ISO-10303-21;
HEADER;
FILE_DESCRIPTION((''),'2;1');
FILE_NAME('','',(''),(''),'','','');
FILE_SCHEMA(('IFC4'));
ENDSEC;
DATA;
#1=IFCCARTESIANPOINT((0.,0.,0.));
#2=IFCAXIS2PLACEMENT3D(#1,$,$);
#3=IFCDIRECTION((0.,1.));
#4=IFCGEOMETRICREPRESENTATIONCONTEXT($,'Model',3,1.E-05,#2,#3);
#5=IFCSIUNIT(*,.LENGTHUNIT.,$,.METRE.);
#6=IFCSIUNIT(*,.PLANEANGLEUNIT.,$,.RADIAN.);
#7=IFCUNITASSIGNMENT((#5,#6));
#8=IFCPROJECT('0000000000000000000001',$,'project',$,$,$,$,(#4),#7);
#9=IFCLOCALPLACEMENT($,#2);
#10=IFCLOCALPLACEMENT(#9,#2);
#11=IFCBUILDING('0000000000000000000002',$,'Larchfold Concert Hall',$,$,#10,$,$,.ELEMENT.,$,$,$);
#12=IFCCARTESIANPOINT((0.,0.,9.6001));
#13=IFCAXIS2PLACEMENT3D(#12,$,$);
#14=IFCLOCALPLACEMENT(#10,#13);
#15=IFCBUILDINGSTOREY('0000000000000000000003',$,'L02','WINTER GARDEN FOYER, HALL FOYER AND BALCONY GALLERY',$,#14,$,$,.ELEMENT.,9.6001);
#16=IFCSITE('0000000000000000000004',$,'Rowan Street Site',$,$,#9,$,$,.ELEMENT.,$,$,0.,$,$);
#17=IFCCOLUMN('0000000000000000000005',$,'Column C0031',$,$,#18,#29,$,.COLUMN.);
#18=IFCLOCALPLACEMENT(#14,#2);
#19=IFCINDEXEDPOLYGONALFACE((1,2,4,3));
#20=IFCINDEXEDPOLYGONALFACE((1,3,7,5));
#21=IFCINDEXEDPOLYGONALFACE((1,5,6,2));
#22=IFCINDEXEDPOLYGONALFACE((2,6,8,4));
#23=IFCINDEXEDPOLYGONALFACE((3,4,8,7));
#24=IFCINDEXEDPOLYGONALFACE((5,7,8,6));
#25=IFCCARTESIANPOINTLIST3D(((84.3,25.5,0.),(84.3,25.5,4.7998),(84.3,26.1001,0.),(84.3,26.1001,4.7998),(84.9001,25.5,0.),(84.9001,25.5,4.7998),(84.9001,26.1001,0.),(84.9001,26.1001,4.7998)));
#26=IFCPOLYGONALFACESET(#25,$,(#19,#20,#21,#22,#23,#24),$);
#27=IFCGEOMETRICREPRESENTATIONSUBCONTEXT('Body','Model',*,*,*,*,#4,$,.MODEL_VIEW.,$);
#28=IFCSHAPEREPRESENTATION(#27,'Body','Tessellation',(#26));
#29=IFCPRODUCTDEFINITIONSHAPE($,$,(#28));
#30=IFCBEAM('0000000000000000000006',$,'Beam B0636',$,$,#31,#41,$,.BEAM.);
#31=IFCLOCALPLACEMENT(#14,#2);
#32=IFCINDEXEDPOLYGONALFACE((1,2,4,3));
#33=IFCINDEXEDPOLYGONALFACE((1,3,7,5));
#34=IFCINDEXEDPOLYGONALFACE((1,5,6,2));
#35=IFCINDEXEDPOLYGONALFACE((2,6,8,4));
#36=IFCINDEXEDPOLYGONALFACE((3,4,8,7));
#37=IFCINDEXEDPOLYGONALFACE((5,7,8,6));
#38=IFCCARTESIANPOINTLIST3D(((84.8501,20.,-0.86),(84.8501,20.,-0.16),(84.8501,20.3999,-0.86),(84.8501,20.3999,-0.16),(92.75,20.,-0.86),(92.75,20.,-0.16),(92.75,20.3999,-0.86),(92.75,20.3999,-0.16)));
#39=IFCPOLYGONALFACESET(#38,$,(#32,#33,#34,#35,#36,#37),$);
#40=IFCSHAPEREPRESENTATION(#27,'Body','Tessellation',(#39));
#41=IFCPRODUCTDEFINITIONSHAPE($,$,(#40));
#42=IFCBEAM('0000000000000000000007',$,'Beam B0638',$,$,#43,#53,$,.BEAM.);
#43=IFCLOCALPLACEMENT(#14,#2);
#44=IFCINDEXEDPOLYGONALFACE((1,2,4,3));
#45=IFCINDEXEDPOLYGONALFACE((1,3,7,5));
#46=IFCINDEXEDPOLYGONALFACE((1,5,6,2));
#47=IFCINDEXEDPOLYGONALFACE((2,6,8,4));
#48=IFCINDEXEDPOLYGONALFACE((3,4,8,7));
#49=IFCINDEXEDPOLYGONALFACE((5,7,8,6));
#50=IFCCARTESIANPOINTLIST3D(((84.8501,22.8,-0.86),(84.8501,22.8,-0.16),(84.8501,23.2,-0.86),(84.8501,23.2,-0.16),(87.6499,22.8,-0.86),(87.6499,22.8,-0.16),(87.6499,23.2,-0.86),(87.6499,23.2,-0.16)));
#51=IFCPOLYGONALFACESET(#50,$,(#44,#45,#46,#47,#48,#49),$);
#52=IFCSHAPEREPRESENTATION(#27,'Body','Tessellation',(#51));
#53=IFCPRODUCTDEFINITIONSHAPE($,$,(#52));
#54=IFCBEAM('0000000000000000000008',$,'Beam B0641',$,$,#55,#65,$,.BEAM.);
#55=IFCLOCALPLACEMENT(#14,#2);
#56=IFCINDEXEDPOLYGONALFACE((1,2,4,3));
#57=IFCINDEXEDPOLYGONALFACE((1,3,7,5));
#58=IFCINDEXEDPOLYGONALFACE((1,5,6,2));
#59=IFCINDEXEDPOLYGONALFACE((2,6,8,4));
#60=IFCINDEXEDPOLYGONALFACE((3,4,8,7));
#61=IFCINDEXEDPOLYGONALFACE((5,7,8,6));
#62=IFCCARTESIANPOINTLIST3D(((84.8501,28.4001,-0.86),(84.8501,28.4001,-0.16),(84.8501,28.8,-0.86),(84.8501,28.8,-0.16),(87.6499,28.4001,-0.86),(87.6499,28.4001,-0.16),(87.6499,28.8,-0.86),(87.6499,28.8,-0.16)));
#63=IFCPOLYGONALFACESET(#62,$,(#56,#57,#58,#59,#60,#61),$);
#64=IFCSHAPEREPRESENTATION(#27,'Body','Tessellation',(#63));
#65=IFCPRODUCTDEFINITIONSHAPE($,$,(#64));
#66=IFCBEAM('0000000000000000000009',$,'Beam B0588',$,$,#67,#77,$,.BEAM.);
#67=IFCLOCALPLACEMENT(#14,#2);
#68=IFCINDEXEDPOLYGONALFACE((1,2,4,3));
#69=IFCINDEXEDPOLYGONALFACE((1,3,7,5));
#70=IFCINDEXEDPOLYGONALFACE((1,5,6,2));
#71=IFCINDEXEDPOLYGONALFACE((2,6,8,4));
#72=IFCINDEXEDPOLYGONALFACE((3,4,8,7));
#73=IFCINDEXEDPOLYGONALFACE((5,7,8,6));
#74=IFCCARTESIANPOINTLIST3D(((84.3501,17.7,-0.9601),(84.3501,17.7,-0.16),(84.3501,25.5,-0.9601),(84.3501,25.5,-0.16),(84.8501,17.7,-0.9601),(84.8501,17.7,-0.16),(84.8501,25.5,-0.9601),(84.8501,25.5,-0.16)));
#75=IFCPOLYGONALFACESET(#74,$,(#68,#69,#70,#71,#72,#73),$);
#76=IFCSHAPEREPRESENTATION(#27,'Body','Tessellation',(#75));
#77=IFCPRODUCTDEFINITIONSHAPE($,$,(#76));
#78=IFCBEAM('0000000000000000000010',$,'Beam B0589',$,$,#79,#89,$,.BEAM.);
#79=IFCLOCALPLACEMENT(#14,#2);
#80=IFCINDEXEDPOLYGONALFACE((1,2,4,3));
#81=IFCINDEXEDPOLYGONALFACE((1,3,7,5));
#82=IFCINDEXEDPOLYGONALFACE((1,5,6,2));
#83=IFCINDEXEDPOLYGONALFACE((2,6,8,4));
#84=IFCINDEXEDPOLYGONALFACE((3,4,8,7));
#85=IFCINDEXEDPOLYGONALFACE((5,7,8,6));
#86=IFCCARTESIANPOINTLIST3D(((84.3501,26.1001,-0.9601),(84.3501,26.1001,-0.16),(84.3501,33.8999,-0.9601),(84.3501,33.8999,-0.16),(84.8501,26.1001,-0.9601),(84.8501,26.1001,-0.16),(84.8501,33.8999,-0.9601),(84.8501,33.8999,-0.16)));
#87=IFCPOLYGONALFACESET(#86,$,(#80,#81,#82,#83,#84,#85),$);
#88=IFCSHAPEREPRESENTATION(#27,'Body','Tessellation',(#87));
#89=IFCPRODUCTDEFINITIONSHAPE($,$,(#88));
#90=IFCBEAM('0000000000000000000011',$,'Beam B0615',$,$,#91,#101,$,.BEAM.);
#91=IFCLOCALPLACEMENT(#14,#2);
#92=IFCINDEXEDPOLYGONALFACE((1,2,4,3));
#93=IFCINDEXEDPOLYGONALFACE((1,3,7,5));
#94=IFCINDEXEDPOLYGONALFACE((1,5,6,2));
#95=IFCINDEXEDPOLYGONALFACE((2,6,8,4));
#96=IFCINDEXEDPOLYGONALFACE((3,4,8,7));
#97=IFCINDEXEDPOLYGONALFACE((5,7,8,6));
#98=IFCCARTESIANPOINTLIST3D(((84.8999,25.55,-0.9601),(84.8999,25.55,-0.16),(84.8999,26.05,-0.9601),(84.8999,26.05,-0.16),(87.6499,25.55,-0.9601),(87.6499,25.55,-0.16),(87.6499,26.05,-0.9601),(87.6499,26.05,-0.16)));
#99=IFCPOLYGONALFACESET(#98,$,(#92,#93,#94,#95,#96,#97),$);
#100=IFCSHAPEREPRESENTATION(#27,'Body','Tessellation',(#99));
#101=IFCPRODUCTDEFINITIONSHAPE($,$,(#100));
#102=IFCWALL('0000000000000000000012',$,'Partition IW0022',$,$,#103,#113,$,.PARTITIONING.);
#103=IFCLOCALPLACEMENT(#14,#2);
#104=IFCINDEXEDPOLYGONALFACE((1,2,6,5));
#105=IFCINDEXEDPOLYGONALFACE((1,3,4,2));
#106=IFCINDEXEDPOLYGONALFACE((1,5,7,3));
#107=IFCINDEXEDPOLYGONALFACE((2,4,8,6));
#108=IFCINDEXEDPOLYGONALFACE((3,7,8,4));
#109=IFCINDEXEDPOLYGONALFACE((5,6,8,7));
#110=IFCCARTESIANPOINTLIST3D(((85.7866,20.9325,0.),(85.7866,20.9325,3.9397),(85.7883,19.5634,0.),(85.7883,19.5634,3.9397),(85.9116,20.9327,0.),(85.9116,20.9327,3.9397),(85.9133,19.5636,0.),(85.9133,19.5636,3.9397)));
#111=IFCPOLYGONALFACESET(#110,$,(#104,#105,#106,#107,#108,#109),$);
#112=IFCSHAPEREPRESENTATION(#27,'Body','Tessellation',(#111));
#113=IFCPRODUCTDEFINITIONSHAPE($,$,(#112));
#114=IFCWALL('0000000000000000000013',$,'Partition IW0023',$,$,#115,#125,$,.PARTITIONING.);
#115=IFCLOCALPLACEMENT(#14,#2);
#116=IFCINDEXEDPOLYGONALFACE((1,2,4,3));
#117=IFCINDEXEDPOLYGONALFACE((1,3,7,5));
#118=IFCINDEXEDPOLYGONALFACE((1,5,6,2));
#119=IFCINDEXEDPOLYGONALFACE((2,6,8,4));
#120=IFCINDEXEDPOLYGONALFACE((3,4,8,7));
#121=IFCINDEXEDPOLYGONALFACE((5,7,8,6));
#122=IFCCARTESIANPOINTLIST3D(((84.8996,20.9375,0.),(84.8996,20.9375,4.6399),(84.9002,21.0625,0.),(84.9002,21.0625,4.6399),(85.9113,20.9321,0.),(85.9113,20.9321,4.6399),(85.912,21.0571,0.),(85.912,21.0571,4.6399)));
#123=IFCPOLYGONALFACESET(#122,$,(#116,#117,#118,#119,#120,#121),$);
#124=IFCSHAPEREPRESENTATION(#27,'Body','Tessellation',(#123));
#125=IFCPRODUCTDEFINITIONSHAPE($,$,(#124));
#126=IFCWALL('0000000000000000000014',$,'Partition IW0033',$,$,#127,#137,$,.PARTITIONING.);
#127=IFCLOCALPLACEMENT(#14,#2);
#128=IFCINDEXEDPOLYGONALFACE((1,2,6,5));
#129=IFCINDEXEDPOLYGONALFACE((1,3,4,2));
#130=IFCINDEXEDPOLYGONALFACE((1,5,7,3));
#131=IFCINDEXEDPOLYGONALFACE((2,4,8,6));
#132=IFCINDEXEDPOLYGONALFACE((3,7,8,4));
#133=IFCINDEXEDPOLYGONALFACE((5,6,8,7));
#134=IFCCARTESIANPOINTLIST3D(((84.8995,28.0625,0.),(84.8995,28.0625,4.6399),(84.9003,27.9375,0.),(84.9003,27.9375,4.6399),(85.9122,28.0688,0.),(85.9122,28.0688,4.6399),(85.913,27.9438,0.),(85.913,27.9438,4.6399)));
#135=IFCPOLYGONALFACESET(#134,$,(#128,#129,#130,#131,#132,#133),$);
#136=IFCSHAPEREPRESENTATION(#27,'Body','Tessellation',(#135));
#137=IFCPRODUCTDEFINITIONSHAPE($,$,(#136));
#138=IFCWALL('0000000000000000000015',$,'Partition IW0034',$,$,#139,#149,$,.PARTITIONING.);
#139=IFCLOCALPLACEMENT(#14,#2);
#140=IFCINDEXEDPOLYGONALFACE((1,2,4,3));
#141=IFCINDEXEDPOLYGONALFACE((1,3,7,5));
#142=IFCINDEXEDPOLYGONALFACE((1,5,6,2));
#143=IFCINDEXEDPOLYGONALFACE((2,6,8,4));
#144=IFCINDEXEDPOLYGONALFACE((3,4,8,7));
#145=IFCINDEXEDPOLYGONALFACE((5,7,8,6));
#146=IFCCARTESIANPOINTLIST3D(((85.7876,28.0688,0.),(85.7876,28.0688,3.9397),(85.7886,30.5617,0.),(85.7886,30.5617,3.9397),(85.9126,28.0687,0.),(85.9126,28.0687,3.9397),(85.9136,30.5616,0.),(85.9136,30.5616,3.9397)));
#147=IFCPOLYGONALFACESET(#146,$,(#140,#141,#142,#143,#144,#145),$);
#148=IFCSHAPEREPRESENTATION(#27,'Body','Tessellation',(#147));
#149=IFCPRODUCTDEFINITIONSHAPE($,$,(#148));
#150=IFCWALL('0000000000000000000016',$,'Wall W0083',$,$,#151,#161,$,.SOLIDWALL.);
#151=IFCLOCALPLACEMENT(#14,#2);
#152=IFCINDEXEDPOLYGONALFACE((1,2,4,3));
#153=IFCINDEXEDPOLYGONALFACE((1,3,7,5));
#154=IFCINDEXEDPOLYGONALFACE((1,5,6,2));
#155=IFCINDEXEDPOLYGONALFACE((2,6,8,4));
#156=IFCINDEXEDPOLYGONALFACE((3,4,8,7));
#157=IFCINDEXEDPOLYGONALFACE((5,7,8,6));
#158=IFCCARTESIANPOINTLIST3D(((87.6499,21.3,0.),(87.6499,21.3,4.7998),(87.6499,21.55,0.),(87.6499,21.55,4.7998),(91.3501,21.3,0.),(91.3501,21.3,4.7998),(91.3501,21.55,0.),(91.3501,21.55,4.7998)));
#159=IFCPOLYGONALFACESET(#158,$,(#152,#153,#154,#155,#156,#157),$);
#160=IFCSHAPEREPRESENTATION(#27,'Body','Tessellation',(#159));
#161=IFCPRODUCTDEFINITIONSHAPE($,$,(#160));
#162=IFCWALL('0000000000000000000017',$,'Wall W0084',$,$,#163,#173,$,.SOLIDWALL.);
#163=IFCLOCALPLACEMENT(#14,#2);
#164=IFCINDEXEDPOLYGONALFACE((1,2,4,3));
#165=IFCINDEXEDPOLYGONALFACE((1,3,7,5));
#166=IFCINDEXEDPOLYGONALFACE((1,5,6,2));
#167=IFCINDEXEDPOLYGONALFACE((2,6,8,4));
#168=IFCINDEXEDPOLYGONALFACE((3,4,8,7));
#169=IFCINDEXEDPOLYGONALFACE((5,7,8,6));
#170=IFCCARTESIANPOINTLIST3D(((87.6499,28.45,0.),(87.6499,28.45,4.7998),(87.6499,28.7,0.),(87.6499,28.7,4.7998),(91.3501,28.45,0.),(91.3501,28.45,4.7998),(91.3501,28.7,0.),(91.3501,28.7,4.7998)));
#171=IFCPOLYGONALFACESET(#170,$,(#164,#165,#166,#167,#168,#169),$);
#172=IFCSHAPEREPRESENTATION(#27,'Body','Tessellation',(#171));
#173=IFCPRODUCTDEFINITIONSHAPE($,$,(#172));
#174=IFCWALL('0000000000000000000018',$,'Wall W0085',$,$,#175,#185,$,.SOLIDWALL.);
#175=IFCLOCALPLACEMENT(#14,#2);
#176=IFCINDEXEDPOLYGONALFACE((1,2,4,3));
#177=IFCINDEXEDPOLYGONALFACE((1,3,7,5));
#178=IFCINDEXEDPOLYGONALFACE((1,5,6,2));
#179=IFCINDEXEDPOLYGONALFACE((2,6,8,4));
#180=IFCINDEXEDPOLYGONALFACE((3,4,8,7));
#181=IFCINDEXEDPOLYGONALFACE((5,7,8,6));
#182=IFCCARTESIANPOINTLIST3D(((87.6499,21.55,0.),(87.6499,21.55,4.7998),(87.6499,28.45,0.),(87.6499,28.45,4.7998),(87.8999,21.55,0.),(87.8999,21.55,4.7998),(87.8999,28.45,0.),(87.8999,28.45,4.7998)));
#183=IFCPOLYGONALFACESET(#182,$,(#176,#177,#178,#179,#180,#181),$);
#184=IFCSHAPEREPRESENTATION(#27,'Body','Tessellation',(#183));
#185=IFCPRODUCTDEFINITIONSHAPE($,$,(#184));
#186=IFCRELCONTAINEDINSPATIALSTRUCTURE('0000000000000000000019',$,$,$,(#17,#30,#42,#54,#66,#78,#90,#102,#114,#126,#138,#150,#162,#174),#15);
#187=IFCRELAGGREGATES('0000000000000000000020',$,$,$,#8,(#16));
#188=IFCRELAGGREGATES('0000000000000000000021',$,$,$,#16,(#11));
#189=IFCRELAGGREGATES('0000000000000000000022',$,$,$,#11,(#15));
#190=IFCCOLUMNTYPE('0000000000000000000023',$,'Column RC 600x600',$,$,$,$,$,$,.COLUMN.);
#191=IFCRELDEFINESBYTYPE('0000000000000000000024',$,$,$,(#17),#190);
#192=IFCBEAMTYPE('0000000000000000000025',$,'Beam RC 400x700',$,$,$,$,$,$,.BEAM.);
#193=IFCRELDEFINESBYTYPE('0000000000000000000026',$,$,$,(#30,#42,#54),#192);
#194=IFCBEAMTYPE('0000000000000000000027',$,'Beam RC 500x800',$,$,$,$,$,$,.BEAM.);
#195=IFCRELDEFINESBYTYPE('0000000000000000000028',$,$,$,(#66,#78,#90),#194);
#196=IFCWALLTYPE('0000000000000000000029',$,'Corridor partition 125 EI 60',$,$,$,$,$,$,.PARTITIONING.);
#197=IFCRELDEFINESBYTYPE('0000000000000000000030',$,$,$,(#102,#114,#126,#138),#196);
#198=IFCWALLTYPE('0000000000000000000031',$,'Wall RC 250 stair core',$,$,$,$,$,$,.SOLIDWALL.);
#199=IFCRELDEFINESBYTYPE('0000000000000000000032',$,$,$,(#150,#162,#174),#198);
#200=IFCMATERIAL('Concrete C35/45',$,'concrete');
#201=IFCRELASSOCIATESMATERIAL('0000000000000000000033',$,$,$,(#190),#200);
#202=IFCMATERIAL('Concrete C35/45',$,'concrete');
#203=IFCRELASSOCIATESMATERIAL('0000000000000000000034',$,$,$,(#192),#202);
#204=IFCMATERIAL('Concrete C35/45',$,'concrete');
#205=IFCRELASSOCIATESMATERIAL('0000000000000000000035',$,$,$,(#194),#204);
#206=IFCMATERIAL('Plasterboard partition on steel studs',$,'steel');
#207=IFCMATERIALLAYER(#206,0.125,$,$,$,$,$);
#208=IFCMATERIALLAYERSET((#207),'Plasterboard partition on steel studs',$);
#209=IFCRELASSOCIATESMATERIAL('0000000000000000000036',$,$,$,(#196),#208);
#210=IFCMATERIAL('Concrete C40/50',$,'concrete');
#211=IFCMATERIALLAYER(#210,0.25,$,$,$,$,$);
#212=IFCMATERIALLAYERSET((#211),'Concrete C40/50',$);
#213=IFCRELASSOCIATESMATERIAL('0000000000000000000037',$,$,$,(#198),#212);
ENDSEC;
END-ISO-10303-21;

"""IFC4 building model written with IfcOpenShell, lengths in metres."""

from ifc_helpers import new_model, si_unit, direction, frame, frame_2d, origin, origin_2d, place, context, subcontext, project, spatial, rectangle, extrude, material, layer, layer_set, material_profile, profile_set, type_object, element, save


model = new_model("IFC4")

# Units and contexts
model_context = context("Model", 3, precision=1e-05, world=origin(), true_north=direction((0.0, 1.0)))
body_context = subcontext(model_context, "Body", "Model", "MODEL_VIEW")
ifc_project = project(units=[si_unit("LENGTHUNIT", "METRE"), si_unit("PLANEANGLEUNIT", "RADIAN")], contexts=[model_context])

# Site, building, storey
site_placement = place(None, origin())
site = spatial("IfcSite", under=ifc_project, at=site_placement, Name="Rowan Street Site", CompositionType="ELEMENT", RefElevation=0.0)
building_placement = place(site_placement, origin())
building = spatial("IfcBuilding", under=site, at=building_placement, Name="Larchfold Concert Hall", CompositionType="ELEMENT")
storey_placement = place(building_placement, frame((0.0, 0.0, 9.6001)))
storey = spatial("IfcBuildingStorey", under=building, at=storey_placement, Name="L02", Description="WINTER GARDEN FOYER, HALL FOYER AND BALCONY GALLERY", CompositionType="ELEMENT", Elevation=9.6001)

# Column
ifc_material_1 = material(Name="Concrete C35/45", Category="concrete")
ifc_material_profile_1 = material_profile(ifc_material_1, rectangle(XDim=0.6001, YDim=0.6001, at=origin_2d()))
ifc_profile_set_1 = profile_set([ifc_material_profile_1], Name="Concrete C35/45")
column_type = type_object("IfcColumnType", Name="Column RC 600x600", PredefinedType="COLUMN", material=ifc_profile_set_1)
column_placement = place(storey_placement, frame((84.6001, 25.8, 0.0), z_axis=(0.0, 0.0, 1.0), x_axis=(1.0, 0.0, 0.0)))
element("IfcColumn", 1, at=column_placement, inside=storey, type_object=column_type, Name="Column C0031", PredefinedType="COLUMN", context=body_context, shape_type="SweptSolid", body=[
    extrude(rectangle(XDim=0.6001, YDim=0.6001, at=origin_2d()), origin(), (0.0, 0.0, 1.0), 4.7998),
])

# Beams
ifc_material_2 = material(Name="Concrete C35/45", Category="concrete")
ifc_material_profile_2 = material_profile(ifc_material_2, rectangle(XDim=0.3999, YDim=0.7, at=origin_2d()))
ifc_profile_set_2 = profile_set([ifc_material_profile_2], Name="Concrete C35/45")
beam_type_1 = type_object("IfcBeamType", Name="Beam RC 400x700", PredefinedType="BEAM", material=ifc_profile_set_2)
beam_1_placement = place(storey_placement, frame((84.8501, 20.2, -0.51), z_axis=(1.0, 0.0, 0.0), x_axis=(0.0, 1.0, 0.0)))
element("IfcBeam", 2, at=beam_1_placement, inside=storey, type_object=beam_type_1, Name="Beam B0636", PredefinedType="BEAM", context=body_context, shape_type="SweptSolid", body=[
    extrude(rectangle(XDim=0.3999, YDim=0.7, at=origin_2d()), origin(), (0.0, 0.0, 1.0), 7.8999),
])
for number, where, z_axis, x_axis, name in (
    (3, (84.8501, 23.0, -0.51), (1.0, 0.0, 0.0), (0.0, 1.0, 0.0), "Beam B0638"),
    (4, (84.8501, 28.6001, -0.51), (1.0, 0.0, 0.0), (0.0, 1.0, 0.0), "Beam B0641"),
):
    element("IfcBeam", number, at=place(storey_placement, frame(where, z_axis=z_axis, x_axis=x_axis)), inside=storey, type_object=beam_type_1, Name=name, PredefinedType="BEAM", context=body_context, shape_type="SweptSolid", body=[
        extrude(rectangle(XDim=0.3999, YDim=0.7, at=origin_2d()), origin(), (0.0, 0.0, 1.0), 2.7998),
    ])
ifc_material_3 = material(Name="Concrete C35/45", Category="concrete")
ifc_material_profile_3 = material_profile(ifc_material_3, rectangle(XDim=0.5, YDim=0.8, at=origin_2d()))
ifc_profile_set_3 = profile_set([ifc_material_profile_3], Name="Concrete C35/45")
beam_type_2 = type_object("IfcBeamType", Name="Beam RC 500x800", PredefinedType="BEAM", material=ifc_profile_set_3)
beam_2_placement = place(storey_placement, frame((84.6001, 17.7, -0.5601), z_axis=(0.0, 1.0, 0.0), x_axis=(-1.0, 0.0, 0.0)))
element("IfcBeam", 5, at=beam_2_placement, inside=storey, type_object=beam_type_2, Name="Beam B0588", PredefinedType="BEAM", context=body_context, shape_type="SweptSolid", body=[
    extrude(rectangle(XDim=0.5, YDim=0.8, at=origin_2d()), origin(), (0.0, 0.0, 1.0), 7.8),
])
beam_3_placement = place(storey_placement, frame((84.6001, 26.1001, -0.5601), z_axis=(0.0, 1.0, 0.0), x_axis=(-1.0, 0.0, 0.0)))
element("IfcBeam", 6, at=beam_3_placement, inside=storey, type_object=beam_type_2, Name="Beam B0589", PredefinedType="BEAM", context=body_context, shape_type="SweptSolid", body=[
    extrude(rectangle(XDim=0.5, YDim=0.8, at=origin_2d()), origin(), (0.0, 0.0, 1.0), 7.7998),
])
beam_4_placement = place(storey_placement, frame((84.8999, 25.8, -0.5601), z_axis=(1.0, 0.0, 0.0), x_axis=(0.0, 1.0, 0.0)))
element("IfcBeam", 7, at=beam_4_placement, inside=storey, type_object=beam_type_2, Name="Beam B0615", PredefinedType="BEAM", context=body_context, shape_type="SweptSolid", body=[
    extrude(rectangle(XDim=0.5, YDim=0.8, at=origin_2d()), origin(), (0.0, 0.0, 1.0), 2.75),
])

# Walls
ifc_material_4 = material(Name="Plasterboard partition on steel studs", Category="steel")
ifc_layer_1 = layer(ifc_material_4, 0.125)
ifc_layer_set_1 = layer_set([ifc_layer_1], Name="Plasterboard partition on steel studs")
wall_type_1 = type_object("IfcWallType", Name="Corridor partition 125 EI 60", PredefinedType="PARTITIONING", material=ifc_layer_set_1)
wall_1_placement = place(storey_placement, frame((85.8508, 19.5635, 0.0), z_axis=(0.0, 0.0, 1.0), x_axis=(-0.001248, 0.999999, 0.0)))
element("IfcWall", 8, at=wall_1_placement, inside=storey, type_object=wall_type_1, Name="Partition IW0022", PredefinedType="PARTITIONING", context=body_context, shape_type="SweptSolid", body=[
    extrude(rectangle(XDim=1.3691, YDim=0.125, at=frame_2d((0.6846, 0.0))), origin(), (0.0, 0.0, 1.0), 3.9397),
])
wall_2_placement = place(storey_placement, frame((85.9116, 20.9946, 0.0), z_axis=(0.0, 0.0, 1.0), x_axis=(-0.999986, 0.005309, 0.0)))
element("IfcWall", 9, at=wall_2_placement, inside=storey, type_object=wall_type_1, Name="Partition IW0023", PredefinedType="PARTITIONING", context=body_context, shape_type="SweptSolid", body=[
    extrude(rectangle(XDim=1.0117, YDim=0.125, at=frame_2d((0.5059, 0.0))), origin(), (0.0, 0.0, 1.0), 4.6399),
])
wall_3_placement = place(storey_placement, frame((84.8999, 28.0, 0.0), z_axis=(0.0, 0.0, 1.0), x_axis=(0.99998, 0.006268, 0.0)))
element("IfcWall", 10, at=wall_3_placement, inside=storey, type_object=wall_type_1, Name="Partition IW0033", PredefinedType="PARTITIONING", context=body_context, shape_type="SweptSolid", body=[
    extrude(rectangle(XDim=1.0127, YDim=0.125, at=frame_2d((0.5063, 0.0))), origin(), (0.0, 0.0, 1.0), 4.6399),
])
wall_4_placement = place(storey_placement, frame((85.8501, 28.0686, 0.0), z_axis=(0.0, 0.0, 1.0), x_axis=(0.000392, 1.0, 0.0)))
element("IfcWall", 11, at=wall_4_placement, inside=storey, type_object=wall_type_1, Name="Partition IW0034", PredefinedType="PARTITIONING", context=body_context, shape_type="SweptSolid", body=[
    extrude(rectangle(XDim=2.4929, YDim=0.125, at=frame_2d((1.2466, 0.0))), origin(), (0.0, 0.0, 1.0), 3.9397),
])
ifc_material_5 = material(Name="Concrete C40/50", Category="concrete")
ifc_layer_2 = layer(ifc_material_5, 0.25)
ifc_layer_set_2 = layer_set([ifc_layer_2], Name="Concrete C40/50")
wall_type_2 = type_object("IfcWallType", Name="Wall RC 250 stair core", PredefinedType="SOLIDWALL", material=ifc_layer_set_2)
for number, where, z_axis, x_axis, name in (
    (12, (87.6499, 21.425, 0.0), (0.0, 0.0, 1.0), (1.0, 0.0, 0.0), "Wall W0083"),
    (13, (87.6499, 28.575, 0.0), (0.0, 0.0, 1.0), (1.0, 0.0, 0.0), "Wall W0084"),
):
    element("IfcWall", number, at=place(storey_placement, frame(where, z_axis=z_axis, x_axis=x_axis)), inside=storey, type_object=wall_type_2, Name=name, PredefinedType="SOLIDWALL", context=body_context, shape_type="SweptSolid", body=[
        extrude(rectangle(XDim=3.7002, YDim=0.25, at=frame_2d((1.8501, 0.0))), origin(), (0.0, 0.0, 1.0), 4.7998),
    ])
wall_5_placement = place(storey_placement, frame((87.7749, 21.55, 0.0), z_axis=(0.0, 0.0, 1.0), x_axis=(0.0, 1.0, 0.0)))
element("IfcWall", 14, at=wall_5_placement, inside=storey, type_object=wall_type_2, Name="Wall W0085", PredefinedType="SOLIDWALL", context=body_context, shape_type="SweptSolid", body=[
    extrude(rectangle(XDim=6.8999, YDim=0.25, at=frame_2d((3.45, 0.0))), origin(), (0.0, 0.0, 1.0), 4.7998),
])

save(model, "model.ifc")
